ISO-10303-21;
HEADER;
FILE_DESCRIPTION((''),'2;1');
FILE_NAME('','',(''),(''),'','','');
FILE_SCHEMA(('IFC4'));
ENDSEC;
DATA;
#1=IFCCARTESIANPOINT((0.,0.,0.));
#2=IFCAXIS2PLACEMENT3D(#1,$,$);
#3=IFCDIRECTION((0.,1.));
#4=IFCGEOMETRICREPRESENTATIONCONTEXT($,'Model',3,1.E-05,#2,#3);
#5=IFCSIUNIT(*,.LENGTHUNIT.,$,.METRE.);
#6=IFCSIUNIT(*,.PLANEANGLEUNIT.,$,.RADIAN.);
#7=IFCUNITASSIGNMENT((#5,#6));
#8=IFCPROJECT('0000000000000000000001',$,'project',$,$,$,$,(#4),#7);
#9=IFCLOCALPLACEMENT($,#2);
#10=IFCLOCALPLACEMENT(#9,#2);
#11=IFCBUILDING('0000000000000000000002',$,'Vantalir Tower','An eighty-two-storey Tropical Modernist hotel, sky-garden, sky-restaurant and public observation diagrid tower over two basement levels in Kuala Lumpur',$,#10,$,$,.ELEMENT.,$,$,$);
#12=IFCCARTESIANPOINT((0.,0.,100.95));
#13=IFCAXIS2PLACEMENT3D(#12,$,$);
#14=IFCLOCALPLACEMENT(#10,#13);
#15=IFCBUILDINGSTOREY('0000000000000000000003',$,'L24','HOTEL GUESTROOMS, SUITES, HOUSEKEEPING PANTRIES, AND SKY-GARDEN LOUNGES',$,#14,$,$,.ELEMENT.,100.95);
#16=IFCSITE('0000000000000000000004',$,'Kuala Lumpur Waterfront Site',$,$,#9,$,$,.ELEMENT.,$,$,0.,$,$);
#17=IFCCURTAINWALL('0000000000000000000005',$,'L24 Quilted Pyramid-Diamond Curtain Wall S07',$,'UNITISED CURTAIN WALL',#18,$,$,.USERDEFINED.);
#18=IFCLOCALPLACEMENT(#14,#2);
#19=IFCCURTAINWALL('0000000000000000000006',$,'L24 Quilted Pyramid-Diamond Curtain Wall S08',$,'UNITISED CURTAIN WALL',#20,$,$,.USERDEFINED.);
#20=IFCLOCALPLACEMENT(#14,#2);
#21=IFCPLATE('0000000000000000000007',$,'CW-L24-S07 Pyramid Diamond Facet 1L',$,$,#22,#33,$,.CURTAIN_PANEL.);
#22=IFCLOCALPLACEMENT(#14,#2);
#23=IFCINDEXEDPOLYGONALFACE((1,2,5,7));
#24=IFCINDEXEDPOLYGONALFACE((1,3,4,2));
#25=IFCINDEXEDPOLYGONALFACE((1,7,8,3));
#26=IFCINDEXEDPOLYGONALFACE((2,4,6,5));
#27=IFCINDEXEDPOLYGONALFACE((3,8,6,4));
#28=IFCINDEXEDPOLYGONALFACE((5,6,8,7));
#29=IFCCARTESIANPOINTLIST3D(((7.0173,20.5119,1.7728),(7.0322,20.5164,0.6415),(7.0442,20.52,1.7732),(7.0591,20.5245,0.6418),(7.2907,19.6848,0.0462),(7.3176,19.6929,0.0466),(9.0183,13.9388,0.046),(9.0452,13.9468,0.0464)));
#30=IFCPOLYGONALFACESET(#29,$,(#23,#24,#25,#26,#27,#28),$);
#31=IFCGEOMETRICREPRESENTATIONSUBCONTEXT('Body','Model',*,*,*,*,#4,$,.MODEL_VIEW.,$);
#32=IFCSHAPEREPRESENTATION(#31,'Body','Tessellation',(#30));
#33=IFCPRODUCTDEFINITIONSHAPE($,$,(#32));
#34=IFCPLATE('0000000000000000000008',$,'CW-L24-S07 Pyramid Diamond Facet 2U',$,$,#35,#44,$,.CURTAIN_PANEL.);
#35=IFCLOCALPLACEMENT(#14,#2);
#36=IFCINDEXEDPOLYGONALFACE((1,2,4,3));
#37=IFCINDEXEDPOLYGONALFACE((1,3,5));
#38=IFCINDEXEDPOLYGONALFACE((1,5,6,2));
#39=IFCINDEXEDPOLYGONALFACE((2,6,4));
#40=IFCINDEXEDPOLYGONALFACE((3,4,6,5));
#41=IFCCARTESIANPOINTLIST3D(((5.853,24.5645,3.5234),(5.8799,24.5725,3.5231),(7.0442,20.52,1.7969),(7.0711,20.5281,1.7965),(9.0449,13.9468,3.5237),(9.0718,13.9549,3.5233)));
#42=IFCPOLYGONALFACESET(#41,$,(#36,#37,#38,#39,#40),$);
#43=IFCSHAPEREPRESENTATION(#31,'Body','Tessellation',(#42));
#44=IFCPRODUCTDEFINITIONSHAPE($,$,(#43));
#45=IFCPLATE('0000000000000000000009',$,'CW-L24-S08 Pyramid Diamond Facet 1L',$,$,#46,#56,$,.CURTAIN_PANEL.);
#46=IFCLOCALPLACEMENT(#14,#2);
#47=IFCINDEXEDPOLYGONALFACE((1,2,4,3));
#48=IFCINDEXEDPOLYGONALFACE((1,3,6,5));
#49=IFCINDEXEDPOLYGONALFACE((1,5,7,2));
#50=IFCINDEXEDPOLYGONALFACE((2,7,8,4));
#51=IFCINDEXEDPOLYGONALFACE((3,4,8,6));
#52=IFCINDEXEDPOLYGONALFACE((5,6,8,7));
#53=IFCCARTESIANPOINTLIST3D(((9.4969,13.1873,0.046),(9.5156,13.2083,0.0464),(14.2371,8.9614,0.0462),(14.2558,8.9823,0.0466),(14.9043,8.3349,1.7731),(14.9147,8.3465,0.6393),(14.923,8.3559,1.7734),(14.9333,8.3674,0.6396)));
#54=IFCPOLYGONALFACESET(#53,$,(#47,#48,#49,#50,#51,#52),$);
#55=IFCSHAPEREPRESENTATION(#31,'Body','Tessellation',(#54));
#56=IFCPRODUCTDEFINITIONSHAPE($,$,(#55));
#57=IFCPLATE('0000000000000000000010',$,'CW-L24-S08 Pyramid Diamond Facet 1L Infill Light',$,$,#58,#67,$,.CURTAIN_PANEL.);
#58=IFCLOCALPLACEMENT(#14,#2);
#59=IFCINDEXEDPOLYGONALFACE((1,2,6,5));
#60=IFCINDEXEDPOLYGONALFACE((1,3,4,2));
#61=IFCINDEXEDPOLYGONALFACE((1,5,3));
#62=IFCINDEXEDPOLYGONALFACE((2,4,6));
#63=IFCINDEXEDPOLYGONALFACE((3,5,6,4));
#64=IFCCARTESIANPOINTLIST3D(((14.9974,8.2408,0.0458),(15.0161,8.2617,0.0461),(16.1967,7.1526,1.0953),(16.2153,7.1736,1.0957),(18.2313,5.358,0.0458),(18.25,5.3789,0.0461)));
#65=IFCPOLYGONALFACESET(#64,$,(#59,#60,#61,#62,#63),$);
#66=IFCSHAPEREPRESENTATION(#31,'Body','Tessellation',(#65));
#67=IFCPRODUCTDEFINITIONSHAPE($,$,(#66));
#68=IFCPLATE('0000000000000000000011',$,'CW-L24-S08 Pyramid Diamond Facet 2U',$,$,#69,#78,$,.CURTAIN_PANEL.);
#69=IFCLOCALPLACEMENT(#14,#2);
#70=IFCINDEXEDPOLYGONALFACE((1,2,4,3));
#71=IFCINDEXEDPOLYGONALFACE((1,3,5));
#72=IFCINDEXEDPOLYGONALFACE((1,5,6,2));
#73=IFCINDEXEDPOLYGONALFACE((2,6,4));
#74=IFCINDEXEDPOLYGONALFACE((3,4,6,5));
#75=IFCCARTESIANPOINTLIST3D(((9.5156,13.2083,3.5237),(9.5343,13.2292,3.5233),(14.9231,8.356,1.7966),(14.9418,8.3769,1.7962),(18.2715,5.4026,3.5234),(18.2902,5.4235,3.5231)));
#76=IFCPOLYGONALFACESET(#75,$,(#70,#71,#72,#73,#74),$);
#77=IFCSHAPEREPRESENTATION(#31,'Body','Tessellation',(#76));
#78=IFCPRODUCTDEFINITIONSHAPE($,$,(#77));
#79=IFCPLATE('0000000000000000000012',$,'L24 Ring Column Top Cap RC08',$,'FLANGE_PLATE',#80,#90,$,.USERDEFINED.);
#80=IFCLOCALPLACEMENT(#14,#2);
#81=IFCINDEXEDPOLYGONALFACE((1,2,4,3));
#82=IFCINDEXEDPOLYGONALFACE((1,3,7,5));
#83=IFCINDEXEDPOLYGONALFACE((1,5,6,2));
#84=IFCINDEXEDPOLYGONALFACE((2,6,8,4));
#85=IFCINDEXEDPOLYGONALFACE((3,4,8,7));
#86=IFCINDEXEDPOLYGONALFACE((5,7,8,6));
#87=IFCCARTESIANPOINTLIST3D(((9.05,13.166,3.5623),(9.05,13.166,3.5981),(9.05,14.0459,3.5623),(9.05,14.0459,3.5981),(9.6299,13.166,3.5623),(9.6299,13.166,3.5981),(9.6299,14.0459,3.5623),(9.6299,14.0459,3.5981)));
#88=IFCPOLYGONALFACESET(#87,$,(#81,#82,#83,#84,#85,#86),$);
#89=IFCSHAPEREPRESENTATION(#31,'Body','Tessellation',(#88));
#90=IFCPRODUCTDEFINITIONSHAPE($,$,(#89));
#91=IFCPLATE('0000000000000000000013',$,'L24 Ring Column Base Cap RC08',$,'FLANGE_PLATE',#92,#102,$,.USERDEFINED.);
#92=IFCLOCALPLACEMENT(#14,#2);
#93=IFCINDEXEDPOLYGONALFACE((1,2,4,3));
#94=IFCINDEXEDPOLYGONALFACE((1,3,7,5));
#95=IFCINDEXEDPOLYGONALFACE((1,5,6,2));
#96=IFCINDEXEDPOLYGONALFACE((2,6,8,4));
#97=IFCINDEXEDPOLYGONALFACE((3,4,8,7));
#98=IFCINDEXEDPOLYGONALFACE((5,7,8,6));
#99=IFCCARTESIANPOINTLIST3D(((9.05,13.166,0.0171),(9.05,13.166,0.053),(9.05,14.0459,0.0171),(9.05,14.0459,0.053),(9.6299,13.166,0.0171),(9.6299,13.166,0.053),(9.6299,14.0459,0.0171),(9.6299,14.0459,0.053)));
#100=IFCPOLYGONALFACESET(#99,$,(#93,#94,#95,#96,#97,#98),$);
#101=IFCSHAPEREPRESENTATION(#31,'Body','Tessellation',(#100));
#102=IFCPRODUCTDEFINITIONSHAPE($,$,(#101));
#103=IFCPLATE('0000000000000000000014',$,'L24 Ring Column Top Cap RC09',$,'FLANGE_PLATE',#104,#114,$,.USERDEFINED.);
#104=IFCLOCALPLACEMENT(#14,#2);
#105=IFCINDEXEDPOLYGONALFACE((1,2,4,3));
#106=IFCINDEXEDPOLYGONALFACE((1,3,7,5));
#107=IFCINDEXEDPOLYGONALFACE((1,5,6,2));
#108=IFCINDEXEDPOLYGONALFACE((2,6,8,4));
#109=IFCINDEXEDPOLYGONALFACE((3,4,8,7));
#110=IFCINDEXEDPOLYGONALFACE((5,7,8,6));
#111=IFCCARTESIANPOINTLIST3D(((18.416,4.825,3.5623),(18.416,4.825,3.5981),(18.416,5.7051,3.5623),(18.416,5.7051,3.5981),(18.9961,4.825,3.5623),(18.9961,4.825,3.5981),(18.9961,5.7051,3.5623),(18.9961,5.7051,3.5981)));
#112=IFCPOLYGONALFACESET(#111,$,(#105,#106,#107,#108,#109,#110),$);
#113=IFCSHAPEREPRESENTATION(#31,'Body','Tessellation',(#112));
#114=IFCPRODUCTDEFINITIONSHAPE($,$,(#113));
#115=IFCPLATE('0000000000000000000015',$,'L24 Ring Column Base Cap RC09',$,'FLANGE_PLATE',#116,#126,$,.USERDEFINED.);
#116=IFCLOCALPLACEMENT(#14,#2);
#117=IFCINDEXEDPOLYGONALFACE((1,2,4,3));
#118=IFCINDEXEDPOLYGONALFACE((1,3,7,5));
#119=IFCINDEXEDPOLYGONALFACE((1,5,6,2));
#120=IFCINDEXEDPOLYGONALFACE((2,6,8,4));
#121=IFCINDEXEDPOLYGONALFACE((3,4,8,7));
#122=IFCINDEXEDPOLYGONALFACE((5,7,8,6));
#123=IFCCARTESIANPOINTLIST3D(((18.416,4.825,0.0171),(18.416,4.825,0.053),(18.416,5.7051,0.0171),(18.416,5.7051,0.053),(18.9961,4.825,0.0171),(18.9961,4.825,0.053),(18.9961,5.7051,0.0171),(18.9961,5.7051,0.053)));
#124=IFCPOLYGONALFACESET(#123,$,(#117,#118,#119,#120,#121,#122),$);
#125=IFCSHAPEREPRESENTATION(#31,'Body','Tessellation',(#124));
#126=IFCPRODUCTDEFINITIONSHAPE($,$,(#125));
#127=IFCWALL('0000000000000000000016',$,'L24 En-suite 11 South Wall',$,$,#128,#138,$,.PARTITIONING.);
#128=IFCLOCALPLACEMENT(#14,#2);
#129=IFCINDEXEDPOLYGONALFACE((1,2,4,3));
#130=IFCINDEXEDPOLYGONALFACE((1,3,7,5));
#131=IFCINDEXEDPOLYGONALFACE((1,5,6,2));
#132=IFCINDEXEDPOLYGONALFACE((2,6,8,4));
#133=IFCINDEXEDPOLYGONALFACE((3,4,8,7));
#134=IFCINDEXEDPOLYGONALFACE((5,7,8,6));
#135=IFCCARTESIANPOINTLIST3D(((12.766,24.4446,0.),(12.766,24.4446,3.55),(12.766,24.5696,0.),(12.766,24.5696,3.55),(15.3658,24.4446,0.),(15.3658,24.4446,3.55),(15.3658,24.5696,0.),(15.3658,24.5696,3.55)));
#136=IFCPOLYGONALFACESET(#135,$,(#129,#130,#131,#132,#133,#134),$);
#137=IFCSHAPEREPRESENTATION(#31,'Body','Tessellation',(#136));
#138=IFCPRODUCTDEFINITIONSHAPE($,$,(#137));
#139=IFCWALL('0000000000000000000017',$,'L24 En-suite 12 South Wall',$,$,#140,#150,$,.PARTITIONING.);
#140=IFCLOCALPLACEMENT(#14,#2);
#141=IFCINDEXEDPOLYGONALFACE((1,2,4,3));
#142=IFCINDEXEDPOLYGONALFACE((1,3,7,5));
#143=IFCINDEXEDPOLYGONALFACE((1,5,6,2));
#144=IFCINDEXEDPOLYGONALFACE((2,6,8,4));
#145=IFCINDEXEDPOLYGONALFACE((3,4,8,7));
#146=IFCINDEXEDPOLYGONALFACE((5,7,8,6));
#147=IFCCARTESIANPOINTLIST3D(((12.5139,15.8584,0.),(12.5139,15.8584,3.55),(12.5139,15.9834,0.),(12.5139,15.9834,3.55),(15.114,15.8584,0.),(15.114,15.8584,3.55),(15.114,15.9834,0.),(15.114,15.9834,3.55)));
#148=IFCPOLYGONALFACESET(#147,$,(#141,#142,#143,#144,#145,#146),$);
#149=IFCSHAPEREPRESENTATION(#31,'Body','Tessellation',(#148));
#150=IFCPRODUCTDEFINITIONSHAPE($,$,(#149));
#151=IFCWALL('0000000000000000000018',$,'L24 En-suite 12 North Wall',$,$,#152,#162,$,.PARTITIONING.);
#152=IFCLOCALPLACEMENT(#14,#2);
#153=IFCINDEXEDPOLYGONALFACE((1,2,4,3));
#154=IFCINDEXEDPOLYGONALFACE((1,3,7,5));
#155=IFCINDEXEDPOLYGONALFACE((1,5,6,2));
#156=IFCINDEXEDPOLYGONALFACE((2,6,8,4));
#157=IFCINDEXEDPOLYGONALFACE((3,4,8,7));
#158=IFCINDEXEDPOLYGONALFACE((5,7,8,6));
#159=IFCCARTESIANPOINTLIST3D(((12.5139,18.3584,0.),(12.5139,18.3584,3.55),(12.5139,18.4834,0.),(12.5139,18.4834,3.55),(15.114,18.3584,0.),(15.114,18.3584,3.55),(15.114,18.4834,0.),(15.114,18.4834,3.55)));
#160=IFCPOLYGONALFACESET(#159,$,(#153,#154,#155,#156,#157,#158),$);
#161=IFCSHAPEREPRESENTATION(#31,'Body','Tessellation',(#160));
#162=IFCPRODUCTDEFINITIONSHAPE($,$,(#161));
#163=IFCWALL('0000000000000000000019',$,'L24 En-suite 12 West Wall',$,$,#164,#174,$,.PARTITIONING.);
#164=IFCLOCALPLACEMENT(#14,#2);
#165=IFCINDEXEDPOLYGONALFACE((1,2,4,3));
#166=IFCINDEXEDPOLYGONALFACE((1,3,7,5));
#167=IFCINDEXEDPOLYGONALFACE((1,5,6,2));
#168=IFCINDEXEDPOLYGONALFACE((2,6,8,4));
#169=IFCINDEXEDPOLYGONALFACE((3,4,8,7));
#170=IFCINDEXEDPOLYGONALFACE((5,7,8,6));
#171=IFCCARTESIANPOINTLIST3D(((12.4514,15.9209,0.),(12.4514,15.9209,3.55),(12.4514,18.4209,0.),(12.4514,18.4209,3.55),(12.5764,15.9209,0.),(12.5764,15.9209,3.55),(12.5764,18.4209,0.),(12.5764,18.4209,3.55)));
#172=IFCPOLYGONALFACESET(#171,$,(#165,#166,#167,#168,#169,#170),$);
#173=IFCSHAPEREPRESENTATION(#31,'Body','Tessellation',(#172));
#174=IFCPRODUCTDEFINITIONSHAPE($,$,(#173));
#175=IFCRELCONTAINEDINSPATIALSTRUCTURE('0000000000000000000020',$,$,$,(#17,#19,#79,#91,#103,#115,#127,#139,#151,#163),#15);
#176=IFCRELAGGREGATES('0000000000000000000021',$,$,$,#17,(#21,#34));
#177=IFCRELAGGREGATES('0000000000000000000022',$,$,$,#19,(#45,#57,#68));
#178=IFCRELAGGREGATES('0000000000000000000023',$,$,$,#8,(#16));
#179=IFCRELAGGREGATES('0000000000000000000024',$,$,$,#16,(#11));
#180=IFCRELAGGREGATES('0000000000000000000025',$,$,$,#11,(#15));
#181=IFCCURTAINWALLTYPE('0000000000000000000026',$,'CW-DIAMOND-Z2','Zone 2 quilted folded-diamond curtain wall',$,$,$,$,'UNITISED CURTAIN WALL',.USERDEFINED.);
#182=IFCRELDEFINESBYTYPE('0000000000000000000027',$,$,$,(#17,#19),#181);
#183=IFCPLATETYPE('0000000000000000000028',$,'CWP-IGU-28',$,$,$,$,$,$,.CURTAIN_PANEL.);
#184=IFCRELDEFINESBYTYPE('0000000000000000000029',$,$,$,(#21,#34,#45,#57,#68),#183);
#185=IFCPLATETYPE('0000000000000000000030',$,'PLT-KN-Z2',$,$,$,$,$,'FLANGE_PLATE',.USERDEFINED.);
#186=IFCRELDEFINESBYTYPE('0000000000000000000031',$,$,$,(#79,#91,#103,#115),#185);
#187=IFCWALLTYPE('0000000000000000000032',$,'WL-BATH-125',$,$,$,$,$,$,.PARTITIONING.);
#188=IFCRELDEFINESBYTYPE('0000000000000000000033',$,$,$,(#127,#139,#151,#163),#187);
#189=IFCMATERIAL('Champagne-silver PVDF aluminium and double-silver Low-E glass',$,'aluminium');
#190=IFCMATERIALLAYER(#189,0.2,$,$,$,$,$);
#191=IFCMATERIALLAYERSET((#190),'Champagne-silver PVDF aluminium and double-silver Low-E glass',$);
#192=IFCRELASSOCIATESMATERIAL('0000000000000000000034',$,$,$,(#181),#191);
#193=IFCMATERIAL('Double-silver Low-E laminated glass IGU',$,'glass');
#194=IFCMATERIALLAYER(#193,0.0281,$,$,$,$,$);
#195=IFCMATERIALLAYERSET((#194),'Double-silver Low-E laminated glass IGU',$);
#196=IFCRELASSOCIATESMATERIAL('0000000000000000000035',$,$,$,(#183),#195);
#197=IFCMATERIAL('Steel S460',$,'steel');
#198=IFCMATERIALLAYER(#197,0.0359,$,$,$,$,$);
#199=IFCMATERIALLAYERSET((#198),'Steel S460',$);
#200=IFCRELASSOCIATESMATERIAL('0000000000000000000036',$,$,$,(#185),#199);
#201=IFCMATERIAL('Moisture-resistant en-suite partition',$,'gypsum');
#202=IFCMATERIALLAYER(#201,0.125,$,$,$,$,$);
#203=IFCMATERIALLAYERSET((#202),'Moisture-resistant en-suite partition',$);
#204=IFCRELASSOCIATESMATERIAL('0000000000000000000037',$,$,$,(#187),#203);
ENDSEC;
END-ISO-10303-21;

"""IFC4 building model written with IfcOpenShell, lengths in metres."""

from ifc_helpers import new_model, si_unit, direction, frame, frame_2d, origin, place, context, subcontext, project, spatial, polyline, rectangle, outline, extrude, material, layer, layer_set, type_object, element, aggregate, save


model = new_model("IFC4")

# Units and contexts
model_context = context("Model", 3, precision=1e-05, world=origin(), true_north=direction((0.0, 1.0)))
body_context = subcontext(model_context, "Body", "Model", "MODEL_VIEW")
ifc_project = project(units=[si_unit("LENGTHUNIT", "METRE"), si_unit("PLANEANGLEUNIT", "RADIAN")], contexts=[model_context])

# Site, building, storey
site_placement = place(None, origin())
site = spatial("IfcSite", under=ifc_project, at=site_placement, Name="Kuala Lumpur Waterfront Site", CompositionType="ELEMENT", RefElevation=0.0)
building_placement = place(site_placement, origin())
building = spatial("IfcBuilding", under=site, at=building_placement, Name="Vantalir Tower", Description="An eighty-two-storey Tropical Modernist hotel, sky-garden, sky-restaurant and public observation diagrid tower over two basement levels in Kuala Lumpur", CompositionType="ELEMENT")
storey_placement = place(building_placement, frame((0.0, 0.0, 100.95)))
storey = spatial("IfcBuildingStorey", under=building, at=storey_placement, Name="L24", Description="HOTEL GUESTROOMS, SUITES, HOUSEKEEPING PANTRIES, AND SKY-GARDEN LOUNGES", CompositionType="ELEMENT", Elevation=100.95)

# Shared definitions
ifc_material_1 = material(Name="Steel S460", Category="steel")

# Curtain wall
ifc_material_2 = material(Name="Champagne-silver PVDF aluminium and double-silver Low-E glass", Category="aluminium")
ifc_layer_1 = layer(ifc_material_2, 0.2)
ifc_layer_set_1 = layer_set([ifc_layer_1], Name="Champagne-silver PVDF aluminium and double-silver Low-E glass")
curtain_wall_type = type_object("IfcCurtainWallType", Name="CW-DIAMOND-Z2", Description="Zone 2 quilted folded-diamond curtain wall", ElementType="UNITISED CURTAIN WALL", PredefinedType="USERDEFINED", material=ifc_layer_set_1)
curtain_wall_1_placement = place(storey_placement, origin())
curtain_wall_1 = element("IfcCurtainWall", 1, at=curtain_wall_1_placement, inside=storey, type_object=curtain_wall_type, Name="L24 Quilted Pyramid-Diamond Curtain Wall S07", ObjectType="UNITISED CURTAIN WALL", PredefinedType="USERDEFINED")

# Curtain wall
curtain_wall_2_placement = place(storey_placement, origin())
curtain_wall_2 = element("IfcCurtainWall", 2, at=curtain_wall_2_placement, inside=storey, type_object=curtain_wall_type, Name="L24 Quilted Pyramid-Diamond Curtain Wall S08", ObjectType="UNITISED CURTAIN WALL", PredefinedType="USERDEFINED")

# Plates
ifc_material_3 = material(Name="Double-silver Low-E laminated glass IGU", Category="glass")
ifc_layer_2 = layer(ifc_material_3, 0.0281)
ifc_layer_set_2 = layer_set([ifc_layer_2], Name="Double-silver Low-E laminated glass IGU")
plate_type_1 = type_object("IfcPlateType", Name="CWP-IGU-28", PredefinedType="CURTAIN_PANEL", material=ifc_layer_set_2)
plate_1_placement = place(storey_placement, frame((7.3176, 19.6929, 0.0466), z_axis=(0.957565, 0.287889, 0.013731), x_axis=(0.287917, -0.957655, -0.00004)))
plate_1 = element("IfcPlate", 3, at=plate_1_placement, type_object=plate_type_1, Name="CW-L24-S07 Pyramid Diamond Facet 1L", PredefinedType="CURTAIN_PANEL", context=body_context, shape_type="SweptSolid", body=[
    extrude(outline(polyline([(0.0, 0.0), (6.0001, 0.0), (-0.8709, -1.7267), (-0.8709, -0.5952), (0.0, 0.0)])), origin(), (0.0, 0.0, -1.0), 0.0281),
])
plate_2_placement = place(storey_placement, frame((9.0449, 13.9468, 3.5237), z_axis=(-0.957573, -0.287866, 0.013686), x_axis=(-0.287893, 0.957662, -0.000022)))
plate_2 = element("IfcPlate", 4, at=plate_2_placement, type_object=plate_type_1, Name="CW-L24-S07 Pyramid Diamond Facet 2U", PredefinedType="CURTAIN_PANEL", context=body_context, shape_type="SweptSolid", body=[
    extrude(outline(polyline([(0.0, 0.0), (11.0871, 0.0), (6.871, 1.7268), (0.0, 0.0)])), origin(), (0.0, 0.0, -1.0), 0.0281),
])
aggregate(curtain_wall_1, [plate_1, plate_2])
plate_3_placement = place(storey_placement, frame((9.5156, 13.2083, 0.0464), z_axis=(0.665394, 0.746367, 0.013665), x_axis=(0.746437, -0.665457, 0.000038)))
plate_3 = element("IfcPlate", 5, at=plate_3_placement, type_object=plate_type_1, Name="CW-L24-S08 Pyramid Diamond Facet 1L", PredefinedType="CURTAIN_PANEL", context=body_context, shape_type="SweptSolid", body=[
    extrude(outline(polyline([(0.0, 0.0), (6.3504, 0.0), (7.2654, -0.593), (7.2654, -1.7269), (0.0, 0.0)])), origin(), (0.0, 0.0, -1.0), 0.0281),
])
plate_4_placement = place(storey_placement, frame((15.0161, 8.2617, 0.0461), z_axis=(0.665365, 0.746394, 0.013586), x_axis=(0.746463, -0.665427, 0.0)))
plate_4 = element("IfcPlate", 6, at=plate_4_placement, type_object=plate_type_1, Name="CW-L24-S08 Pyramid Diamond Facet 1L Infill Light", PredefinedType="CURTAIN_PANEL", context=body_context, shape_type="SweptSolid", body=[
    extrude(outline(polyline([(0.0, 0.0), (4.3323, 0.0), (1.6192, -1.0497), (0.0, 0.0)])), origin(), (0.0, 0.0, -1.0), 0.0281),
])
plate_5_placement = place(storey_placement, frame((18.2715, 5.4026, 3.5234), z_axis=(-0.665381, -0.746379, 0.013679), x_axis=(-0.746449, 0.665443, 0.000021)))
plate_5 = element("IfcPlate", 7, at=plate_5_placement, type_object=plate_type_1, Name="CW-L24-S08 Pyramid Diamond Facet 2U", PredefinedType="CURTAIN_PANEL", context=body_context, shape_type="SweptSolid", body=[
    extrude(outline(polyline([(0.0, 0.0), (11.73, 0.0), (4.4647, 1.7271), (0.0, 0.0)])), origin(), (0.0, 0.0, -1.0), 0.0281),
])
aggregate(curtain_wall_2, [plate_3, plate_4, plate_5])

# Plates
ifc_layer_3 = layer(ifc_material_1, 0.0359)
ifc_layer_set_3 = layer_set([ifc_layer_3], Name="Steel S460")
plate_type_2 = type_object("IfcPlateType", Name="PLT-KN-Z2", ElementType="FLANGE_PLATE", PredefinedType="USERDEFINED", material=ifc_layer_set_3)
for number, where, z_axis, x_axis, name in (
    (8, (9.05, 14.0459, 3.5981), (0.0, 0.0, 1.0), (0.0, -1.0, 0.0), "L24 Ring Column Top Cap RC08"),
    (9, (9.05, 14.0459, 0.053), (0.0, 0.0, 1.0), (0.0, -1.0, 0.0), "L24 Ring Column Base Cap RC08"),
):
    element("IfcPlate", number, at=place(storey_placement, frame(where, z_axis=z_axis, x_axis=x_axis)), inside=storey, type_object=plate_type_2, Name=name, ObjectType="FLANGE_PLATE", PredefinedType="USERDEFINED", context=body_context, shape_type="SweptSolid", body=[
        extrude(outline(polyline([(0.0, 0.0), (0.8799, 0.0), (0.8799, 0.5798), (0.0, 0.5798), (0.0, 0.0)])), origin(), (0.0, 0.0, -1.0), 0.0359),
    ])
for number, where, z_axis, x_axis, name in (
    (10, (18.416, 5.7051, 3.5981), (0.0, 0.0, 1.0), (0.0, -1.0, 0.0), "L24 Ring Column Top Cap RC09"),
    (11, (18.416, 5.7051, 0.053), (0.0, 0.0, 1.0), (0.0, -1.0, 0.0), "L24 Ring Column Base Cap RC09"),
):
    element("IfcPlate", number, at=place(storey_placement, frame(where, z_axis=z_axis, x_axis=x_axis)), inside=storey, type_object=plate_type_2, Name=name, ObjectType="FLANGE_PLATE", PredefinedType="USERDEFINED", context=body_context, shape_type="SweptSolid", body=[
        extrude(outline(polyline([(0.0, 0.0), (0.8801, 0.0), (0.8801, 0.5801), (0.0, 0.5801), (0.0, 0.0)])), origin(), (0.0, 0.0, -1.0), 0.0359),
    ])

# Walls
ifc_material_4 = material(Name="Moisture-resistant en-suite partition", Category="gypsum")
ifc_layer_4 = layer(ifc_material_4, 0.125)
ifc_layer_set_4 = layer_set([ifc_layer_4], Name="Moisture-resistant en-suite partition")
wall_type_1 = type_object("IfcWallType", Name="WL-BATH-125", PredefinedType="PARTITIONING", material=ifc_layer_set_4)
wall_1_placement = place(storey_placement, frame((12.7661, 24.5071, 0.0), z_axis=(0.0, 0.0, 1.0), x_axis=(1.0, 0.0, 0.0)))
element("IfcWall", 12, at=wall_1_placement, inside=storey, type_object=wall_type_1, Name="L24 En-suite 11 South Wall", PredefinedType="PARTITIONING", context=body_context, shape_type="SweptSolid", body=[
    extrude(rectangle(XDim=2.5999, YDim=0.125, at=frame_2d((1.2998, 0.0))), origin(), (0.0, 0.0, 1.0), 3.55),
])
for number, where, z_axis, x_axis, name in (
    (13, (12.5139, 15.9209, 0.0), (0.0, 0.0, 1.0), (1.0, 0.0, 0.0), "L24 En-suite 12 South Wall"),
    (14, (12.5139, 18.4209, 0.0), (0.0, 0.0, 1.0), (1.0, 0.0, 0.0), "L24 En-suite 12 North Wall"),
):
    element("IfcWall", number, at=place(storey_placement, frame(where, z_axis=z_axis, x_axis=x_axis)), inside=storey, type_object=wall_type_1, Name=name, PredefinedType="PARTITIONING", context=body_context, shape_type="SweptSolid", body=[
        extrude(rectangle(XDim=2.6001, YDim=0.125, at=frame_2d((1.3, 0.0))), origin(), (0.0, 0.0, 1.0), 3.55),
    ])
wall_2_placement = place(storey_placement, frame((12.5139, 15.9209, 0.0), z_axis=(0.0, 0.0, 1.0), x_axis=(0.0, 1.0, 0.0)))
element("IfcWall", 15, at=wall_2_placement, inside=storey, type_object=wall_type_1, Name="L24 En-suite 12 West Wall", PredefinedType="PARTITIONING", context=body_context, shape_type="SweptSolid", body=[
    extrude(rectangle(XDim=2.5, YDim=0.125, at=frame_2d((1.25, 0.0))), origin(), (0.0, 0.0, 1.0), 3.55),
])

save(model, "model.ifc")
